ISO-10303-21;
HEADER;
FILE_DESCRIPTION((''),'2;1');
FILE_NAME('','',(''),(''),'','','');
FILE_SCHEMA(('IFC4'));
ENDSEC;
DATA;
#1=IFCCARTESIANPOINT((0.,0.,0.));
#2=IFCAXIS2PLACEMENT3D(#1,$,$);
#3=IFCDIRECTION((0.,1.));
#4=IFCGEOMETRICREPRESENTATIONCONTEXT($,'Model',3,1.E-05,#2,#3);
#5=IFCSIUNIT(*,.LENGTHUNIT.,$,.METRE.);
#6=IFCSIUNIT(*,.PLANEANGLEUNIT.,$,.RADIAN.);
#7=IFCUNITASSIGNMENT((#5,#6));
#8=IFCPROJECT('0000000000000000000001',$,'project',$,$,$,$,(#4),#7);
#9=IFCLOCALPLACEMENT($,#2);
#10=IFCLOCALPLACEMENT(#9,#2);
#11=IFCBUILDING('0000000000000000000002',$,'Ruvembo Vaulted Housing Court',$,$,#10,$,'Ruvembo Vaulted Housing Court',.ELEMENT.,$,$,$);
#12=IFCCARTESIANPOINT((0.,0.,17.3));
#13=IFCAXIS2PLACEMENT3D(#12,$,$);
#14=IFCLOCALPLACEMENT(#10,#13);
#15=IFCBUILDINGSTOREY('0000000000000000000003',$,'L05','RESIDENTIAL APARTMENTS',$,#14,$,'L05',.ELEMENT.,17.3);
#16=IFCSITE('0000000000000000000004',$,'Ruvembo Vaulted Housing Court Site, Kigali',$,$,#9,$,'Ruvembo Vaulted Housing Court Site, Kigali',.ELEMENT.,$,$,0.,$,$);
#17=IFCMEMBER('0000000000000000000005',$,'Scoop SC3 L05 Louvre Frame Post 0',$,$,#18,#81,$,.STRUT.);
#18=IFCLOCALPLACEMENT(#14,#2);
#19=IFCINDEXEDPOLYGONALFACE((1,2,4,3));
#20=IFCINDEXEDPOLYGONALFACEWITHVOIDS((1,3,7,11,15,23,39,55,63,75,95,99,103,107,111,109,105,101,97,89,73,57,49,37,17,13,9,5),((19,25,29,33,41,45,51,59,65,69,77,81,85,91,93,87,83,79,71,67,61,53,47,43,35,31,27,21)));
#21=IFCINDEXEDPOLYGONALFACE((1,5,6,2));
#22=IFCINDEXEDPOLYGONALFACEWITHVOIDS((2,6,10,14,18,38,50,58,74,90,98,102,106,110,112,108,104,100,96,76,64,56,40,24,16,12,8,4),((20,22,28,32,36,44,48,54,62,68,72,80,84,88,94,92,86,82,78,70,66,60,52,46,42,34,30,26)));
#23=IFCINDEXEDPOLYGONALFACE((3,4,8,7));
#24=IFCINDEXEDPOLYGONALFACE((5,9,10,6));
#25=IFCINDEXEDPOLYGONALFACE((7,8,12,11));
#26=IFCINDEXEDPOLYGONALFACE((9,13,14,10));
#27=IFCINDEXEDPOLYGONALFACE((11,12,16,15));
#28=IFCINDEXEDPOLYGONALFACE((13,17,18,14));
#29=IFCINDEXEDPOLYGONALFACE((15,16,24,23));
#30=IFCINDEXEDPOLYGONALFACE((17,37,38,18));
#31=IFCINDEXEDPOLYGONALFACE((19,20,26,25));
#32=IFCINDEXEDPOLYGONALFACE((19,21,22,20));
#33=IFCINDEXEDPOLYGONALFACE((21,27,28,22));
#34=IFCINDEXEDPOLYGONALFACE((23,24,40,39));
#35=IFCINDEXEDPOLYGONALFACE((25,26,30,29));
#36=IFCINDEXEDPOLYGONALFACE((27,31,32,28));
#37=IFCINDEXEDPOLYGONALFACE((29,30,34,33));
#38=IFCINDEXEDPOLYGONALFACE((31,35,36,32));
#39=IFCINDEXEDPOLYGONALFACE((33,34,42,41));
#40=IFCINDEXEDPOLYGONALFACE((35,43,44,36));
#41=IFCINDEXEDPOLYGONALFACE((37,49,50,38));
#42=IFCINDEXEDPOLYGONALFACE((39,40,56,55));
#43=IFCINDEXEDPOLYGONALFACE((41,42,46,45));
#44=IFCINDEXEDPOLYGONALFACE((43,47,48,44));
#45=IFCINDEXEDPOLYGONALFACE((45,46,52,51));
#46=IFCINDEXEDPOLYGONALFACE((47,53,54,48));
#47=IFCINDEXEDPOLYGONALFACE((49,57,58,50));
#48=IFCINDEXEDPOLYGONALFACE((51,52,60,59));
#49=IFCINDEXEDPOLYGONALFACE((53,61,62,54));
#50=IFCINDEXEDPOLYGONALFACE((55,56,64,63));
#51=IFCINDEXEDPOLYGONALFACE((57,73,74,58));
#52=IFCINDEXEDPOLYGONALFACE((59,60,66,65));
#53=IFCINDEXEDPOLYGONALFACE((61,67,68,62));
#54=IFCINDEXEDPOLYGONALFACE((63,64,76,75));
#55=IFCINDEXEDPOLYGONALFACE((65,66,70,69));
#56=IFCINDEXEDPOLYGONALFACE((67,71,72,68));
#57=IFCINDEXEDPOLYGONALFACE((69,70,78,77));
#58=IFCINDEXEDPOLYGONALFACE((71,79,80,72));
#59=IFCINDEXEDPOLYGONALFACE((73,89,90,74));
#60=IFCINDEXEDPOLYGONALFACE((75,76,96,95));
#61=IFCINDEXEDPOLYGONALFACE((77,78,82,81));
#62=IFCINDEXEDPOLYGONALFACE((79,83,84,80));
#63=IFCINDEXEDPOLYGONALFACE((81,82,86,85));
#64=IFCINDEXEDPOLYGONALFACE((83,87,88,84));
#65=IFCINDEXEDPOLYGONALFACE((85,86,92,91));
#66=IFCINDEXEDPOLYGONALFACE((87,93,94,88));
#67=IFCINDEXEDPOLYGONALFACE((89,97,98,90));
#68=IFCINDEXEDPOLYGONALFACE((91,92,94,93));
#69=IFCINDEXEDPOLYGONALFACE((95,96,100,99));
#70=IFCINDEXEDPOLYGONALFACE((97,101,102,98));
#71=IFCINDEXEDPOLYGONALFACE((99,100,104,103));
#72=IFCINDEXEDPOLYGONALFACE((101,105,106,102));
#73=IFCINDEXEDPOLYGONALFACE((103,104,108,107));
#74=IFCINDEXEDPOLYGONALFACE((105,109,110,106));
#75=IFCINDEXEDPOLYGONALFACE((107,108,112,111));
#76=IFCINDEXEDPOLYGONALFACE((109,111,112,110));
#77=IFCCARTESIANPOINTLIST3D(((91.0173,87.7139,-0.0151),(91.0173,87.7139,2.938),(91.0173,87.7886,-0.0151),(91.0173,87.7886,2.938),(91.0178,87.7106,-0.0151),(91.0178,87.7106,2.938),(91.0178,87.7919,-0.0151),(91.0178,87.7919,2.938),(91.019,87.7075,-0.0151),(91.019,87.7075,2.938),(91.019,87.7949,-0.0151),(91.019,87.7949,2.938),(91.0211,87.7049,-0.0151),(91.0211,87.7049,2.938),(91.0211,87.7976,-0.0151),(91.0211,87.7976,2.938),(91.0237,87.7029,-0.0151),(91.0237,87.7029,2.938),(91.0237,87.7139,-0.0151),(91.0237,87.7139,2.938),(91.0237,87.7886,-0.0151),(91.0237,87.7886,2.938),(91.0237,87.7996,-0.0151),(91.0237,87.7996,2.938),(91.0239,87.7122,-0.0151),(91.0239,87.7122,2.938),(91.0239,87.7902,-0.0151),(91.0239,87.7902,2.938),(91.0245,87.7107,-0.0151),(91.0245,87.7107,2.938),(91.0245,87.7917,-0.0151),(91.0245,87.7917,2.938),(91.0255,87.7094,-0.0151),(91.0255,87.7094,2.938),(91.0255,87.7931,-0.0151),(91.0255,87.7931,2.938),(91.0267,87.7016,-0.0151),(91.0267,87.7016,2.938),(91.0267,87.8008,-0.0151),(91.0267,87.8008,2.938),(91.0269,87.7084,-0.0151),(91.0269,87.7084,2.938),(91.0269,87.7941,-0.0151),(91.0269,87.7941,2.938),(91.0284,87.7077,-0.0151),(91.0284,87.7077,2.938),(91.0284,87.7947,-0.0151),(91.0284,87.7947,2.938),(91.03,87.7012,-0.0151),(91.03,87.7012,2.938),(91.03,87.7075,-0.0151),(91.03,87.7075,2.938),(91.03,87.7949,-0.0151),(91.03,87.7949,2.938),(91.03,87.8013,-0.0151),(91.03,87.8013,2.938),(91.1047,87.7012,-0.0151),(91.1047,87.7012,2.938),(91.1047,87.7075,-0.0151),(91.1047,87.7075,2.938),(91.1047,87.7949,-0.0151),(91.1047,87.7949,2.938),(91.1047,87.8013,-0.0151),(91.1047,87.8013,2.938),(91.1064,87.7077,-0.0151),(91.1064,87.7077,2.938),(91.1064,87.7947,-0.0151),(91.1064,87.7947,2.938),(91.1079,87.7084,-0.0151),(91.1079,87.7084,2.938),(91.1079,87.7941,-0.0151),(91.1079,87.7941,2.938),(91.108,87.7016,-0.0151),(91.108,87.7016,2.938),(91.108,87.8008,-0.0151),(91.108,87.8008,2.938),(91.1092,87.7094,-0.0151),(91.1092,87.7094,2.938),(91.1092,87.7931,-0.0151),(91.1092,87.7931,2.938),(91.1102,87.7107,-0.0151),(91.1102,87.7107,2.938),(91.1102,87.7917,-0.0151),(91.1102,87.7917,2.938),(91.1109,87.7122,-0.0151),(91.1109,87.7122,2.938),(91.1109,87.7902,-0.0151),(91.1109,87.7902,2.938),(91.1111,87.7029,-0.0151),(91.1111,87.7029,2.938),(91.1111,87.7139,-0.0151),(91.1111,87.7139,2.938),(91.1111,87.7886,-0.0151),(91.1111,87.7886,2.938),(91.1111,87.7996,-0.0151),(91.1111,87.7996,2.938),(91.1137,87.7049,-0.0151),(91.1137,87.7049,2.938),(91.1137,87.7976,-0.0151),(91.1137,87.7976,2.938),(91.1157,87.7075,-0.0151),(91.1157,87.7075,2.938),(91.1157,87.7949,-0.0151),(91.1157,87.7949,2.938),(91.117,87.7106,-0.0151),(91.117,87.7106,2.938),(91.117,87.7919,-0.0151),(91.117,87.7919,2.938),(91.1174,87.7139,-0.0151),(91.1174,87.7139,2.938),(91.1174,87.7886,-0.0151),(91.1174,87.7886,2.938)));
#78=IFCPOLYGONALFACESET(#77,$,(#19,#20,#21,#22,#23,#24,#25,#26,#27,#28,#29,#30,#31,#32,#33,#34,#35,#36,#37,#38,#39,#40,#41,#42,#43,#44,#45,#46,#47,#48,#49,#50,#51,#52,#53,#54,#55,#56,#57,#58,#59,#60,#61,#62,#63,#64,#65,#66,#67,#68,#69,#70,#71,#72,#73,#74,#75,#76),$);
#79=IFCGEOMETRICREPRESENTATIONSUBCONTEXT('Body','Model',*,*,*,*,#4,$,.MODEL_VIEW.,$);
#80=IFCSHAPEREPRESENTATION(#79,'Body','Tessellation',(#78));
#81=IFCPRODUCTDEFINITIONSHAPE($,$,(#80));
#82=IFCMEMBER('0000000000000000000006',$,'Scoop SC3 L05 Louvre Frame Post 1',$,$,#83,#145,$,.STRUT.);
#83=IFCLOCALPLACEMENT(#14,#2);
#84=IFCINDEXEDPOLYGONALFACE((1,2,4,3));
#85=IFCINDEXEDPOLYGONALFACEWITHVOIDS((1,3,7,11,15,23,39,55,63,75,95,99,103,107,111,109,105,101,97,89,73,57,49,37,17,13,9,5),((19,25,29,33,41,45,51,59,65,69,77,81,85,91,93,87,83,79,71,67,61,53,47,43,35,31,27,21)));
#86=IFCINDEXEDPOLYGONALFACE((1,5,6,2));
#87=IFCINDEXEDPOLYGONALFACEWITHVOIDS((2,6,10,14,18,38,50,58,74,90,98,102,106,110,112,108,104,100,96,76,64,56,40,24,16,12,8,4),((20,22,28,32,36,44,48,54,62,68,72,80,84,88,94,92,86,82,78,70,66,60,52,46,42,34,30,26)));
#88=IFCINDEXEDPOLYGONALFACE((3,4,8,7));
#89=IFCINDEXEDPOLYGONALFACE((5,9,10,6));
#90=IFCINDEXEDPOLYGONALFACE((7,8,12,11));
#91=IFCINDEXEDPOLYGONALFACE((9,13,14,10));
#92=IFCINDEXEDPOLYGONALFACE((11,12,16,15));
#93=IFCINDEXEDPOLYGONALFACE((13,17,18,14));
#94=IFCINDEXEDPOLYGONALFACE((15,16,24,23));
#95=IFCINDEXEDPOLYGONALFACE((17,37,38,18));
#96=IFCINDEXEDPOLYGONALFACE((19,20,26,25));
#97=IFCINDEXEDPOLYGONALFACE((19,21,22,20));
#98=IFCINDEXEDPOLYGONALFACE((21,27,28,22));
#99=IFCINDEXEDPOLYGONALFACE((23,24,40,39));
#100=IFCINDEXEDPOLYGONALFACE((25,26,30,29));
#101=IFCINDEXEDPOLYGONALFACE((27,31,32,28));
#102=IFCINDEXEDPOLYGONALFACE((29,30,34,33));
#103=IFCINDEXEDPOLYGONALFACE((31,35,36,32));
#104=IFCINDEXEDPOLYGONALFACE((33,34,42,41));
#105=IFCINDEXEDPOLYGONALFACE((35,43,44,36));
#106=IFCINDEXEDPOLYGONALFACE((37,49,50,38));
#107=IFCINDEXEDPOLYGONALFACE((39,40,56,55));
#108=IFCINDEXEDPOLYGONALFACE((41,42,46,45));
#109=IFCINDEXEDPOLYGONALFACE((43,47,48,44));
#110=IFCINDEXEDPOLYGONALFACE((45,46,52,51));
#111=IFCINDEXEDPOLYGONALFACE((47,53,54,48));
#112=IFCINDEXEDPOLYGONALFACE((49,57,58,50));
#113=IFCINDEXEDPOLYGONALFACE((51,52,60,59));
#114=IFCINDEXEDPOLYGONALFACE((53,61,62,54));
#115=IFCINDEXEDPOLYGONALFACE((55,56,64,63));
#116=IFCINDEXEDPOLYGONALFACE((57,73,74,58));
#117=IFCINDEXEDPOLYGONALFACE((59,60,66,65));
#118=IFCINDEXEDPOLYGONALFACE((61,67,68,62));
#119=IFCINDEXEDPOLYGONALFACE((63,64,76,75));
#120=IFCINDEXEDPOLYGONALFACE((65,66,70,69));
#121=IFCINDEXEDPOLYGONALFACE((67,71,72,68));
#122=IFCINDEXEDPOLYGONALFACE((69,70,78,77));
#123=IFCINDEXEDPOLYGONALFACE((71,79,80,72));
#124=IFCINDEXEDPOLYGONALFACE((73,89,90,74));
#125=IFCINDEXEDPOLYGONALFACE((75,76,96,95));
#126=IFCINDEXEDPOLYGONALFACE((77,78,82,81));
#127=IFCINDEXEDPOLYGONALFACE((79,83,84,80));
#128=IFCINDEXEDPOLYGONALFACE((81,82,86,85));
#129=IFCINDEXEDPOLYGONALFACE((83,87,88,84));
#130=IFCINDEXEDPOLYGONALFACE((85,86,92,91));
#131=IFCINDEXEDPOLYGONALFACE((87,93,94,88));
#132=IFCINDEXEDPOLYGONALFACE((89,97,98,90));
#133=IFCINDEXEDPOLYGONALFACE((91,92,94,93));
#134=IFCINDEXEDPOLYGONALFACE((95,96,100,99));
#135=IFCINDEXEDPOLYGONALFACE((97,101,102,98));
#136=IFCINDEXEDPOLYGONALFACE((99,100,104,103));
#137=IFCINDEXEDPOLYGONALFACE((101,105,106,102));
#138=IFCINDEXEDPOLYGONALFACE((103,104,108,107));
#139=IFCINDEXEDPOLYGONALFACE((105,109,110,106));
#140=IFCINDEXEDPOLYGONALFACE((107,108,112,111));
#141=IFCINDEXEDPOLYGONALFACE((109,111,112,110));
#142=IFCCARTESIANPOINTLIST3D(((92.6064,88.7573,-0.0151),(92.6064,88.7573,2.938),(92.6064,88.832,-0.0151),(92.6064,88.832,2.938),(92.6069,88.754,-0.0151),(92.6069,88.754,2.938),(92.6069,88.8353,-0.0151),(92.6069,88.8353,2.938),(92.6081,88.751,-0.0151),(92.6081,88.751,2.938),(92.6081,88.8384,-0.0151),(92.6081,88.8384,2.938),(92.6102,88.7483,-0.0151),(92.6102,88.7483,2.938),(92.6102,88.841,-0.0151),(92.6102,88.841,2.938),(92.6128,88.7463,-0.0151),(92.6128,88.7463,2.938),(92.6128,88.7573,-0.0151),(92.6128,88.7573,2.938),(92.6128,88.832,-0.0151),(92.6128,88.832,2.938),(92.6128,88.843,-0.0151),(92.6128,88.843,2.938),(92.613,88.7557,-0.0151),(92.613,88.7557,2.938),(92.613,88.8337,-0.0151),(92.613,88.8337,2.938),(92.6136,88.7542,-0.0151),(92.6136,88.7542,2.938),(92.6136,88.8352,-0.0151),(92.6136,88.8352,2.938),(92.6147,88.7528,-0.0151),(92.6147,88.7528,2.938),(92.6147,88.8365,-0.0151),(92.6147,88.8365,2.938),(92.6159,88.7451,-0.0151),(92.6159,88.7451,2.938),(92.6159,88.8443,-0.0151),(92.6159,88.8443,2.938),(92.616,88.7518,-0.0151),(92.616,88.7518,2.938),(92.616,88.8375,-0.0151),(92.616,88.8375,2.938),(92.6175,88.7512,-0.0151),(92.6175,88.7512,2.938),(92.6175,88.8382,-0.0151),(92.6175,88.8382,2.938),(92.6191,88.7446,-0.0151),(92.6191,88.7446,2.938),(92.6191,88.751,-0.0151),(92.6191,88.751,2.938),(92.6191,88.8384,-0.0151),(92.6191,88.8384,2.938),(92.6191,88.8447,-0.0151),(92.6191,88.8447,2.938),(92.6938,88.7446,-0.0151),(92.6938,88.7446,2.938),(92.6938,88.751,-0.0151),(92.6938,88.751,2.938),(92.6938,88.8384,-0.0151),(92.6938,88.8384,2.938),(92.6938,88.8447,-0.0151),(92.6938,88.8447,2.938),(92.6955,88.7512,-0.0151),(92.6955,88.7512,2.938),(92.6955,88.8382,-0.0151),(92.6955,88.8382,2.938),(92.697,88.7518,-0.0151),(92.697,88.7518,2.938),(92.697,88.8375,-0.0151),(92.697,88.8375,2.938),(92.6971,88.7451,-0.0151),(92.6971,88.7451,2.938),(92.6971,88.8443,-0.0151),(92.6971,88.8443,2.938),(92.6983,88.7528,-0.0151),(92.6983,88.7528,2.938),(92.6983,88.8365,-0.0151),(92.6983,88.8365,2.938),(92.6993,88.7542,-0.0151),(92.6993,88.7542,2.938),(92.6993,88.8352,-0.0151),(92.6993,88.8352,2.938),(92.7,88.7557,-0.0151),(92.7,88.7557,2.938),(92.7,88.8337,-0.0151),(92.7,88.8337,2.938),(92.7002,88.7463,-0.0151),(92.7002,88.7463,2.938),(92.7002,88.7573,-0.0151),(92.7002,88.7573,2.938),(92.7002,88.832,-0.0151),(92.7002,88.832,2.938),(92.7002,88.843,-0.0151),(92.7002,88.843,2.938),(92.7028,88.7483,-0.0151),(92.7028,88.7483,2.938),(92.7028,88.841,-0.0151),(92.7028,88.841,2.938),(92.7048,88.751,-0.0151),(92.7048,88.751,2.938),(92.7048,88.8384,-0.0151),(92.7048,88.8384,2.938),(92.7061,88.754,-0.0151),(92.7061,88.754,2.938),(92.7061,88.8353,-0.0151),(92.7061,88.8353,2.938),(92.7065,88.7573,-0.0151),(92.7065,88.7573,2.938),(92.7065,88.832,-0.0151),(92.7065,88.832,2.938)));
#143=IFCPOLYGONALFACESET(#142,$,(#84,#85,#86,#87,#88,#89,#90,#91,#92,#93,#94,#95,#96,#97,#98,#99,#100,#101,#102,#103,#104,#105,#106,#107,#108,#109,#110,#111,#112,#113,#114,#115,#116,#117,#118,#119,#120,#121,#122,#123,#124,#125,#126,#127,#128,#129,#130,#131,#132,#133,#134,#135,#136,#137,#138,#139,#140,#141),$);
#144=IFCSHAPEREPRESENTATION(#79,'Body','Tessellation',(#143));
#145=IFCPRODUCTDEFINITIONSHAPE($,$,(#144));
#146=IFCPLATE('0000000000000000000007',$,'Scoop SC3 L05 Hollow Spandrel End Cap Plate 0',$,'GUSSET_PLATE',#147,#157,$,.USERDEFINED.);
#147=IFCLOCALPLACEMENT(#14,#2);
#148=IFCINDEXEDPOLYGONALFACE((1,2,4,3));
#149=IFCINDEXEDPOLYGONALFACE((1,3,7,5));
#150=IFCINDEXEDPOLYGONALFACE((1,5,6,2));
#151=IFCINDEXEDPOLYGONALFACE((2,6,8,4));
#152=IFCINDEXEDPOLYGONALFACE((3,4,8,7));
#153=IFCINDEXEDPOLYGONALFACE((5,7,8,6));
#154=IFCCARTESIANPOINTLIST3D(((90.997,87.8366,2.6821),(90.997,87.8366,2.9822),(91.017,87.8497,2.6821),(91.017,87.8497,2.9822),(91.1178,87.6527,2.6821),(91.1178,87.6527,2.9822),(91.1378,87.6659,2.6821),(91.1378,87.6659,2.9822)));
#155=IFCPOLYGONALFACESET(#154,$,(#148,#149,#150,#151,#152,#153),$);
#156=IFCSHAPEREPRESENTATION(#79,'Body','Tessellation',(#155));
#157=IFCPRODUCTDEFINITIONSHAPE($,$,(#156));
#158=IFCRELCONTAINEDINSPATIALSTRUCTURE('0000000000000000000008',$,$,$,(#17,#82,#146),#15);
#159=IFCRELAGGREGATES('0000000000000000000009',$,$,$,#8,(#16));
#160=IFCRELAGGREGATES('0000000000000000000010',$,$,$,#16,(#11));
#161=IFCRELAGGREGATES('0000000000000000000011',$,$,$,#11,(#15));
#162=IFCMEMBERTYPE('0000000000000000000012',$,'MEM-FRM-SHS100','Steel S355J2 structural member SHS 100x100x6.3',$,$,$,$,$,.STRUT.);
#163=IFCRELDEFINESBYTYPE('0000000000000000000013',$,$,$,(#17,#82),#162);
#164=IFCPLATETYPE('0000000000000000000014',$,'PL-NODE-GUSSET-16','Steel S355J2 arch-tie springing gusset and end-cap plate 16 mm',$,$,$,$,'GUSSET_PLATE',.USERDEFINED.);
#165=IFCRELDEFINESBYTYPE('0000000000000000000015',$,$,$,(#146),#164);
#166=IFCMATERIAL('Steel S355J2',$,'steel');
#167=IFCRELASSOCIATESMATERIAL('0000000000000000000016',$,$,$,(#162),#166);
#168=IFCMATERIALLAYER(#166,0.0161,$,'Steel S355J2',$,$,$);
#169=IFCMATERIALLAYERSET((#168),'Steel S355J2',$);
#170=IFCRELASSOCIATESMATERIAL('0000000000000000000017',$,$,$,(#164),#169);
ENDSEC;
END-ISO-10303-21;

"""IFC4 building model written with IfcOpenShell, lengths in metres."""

from ifc_helpers import new_model, si_unit, direction, frame, origin, origin_2d, place, context, subcontext, project, spatial, rectangle, hollow_rectangle, extrude, material, layer, layer_set, material_profile, profile_set, type_object, element, save


model = new_model("IFC4")

# Units and contexts
model_context = context("Model", 3, precision=1e-05, world=origin(), true_north=direction((0.0, 1.0)))
body_context = subcontext(model_context, "Body", "Model", "MODEL_VIEW")
ifc_project = project(units=[si_unit("LENGTHUNIT", "METRE"), si_unit("PLANEANGLEUNIT", "RADIAN")], contexts=[model_context])

# Site, building, storey
site_placement = place(None, origin())
site = spatial("IfcSite", under=ifc_project, at=site_placement, Name="Ruvembo Vaulted Housing Court Site, Kigali", LongName="Ruvembo Vaulted Housing Court Site, Kigali", CompositionType="ELEMENT", RefElevation=0.0)
building_placement = place(site_placement, origin())
building = spatial("IfcBuilding", under=site, at=building_placement, Name="Ruvembo Vaulted Housing Court", LongName="Ruvembo Vaulted Housing Court", CompositionType="ELEMENT")
storey_placement = place(building_placement, frame((0.0, 0.0, 17.3)))
storey = spatial("IfcBuildingStorey", under=building, at=storey_placement, Name="L05", Description="RESIDENTIAL APARTMENTS", LongName="L05", CompositionType="ELEMENT", Elevation=17.3)

# Shared definitions
ifc_material_1 = material(Name="Steel S355J2", Category="steel")

# Members
ifc_material_profile_1 = material_profile(ifc_material_1, hollow_rectangle(XDim=0.1001, YDim=0.1001, WallThickness=0.0063, InnerFilletRadius=0.0063, OuterFilletRadius=0.0127, at=origin_2d()), Name="SHS 100x100x6.3")
ifc_profile_set_1 = profile_set([ifc_material_profile_1], Name="Steel S355J2")
member_type_1 = type_object("IfcMemberType", Name="MEM-FRM-SHS100", Description="Steel S355J2 structural member SHS 100x100x6.3", PredefinedType="STRUT", material=ifc_profile_set_1)
for number, where, z_axis, x_axis, name in (
    (1, (91.0674, 87.7512, -0.0151), (0.0, 0.0, 1.0), (1.0, 0.0, 0.0), "Scoop SC3 L05 Louvre Frame Post 0"),
    (2, (92.6565, 88.7947, -0.0151), (0.0, 0.0, 1.0), (1.0, 0.0, 0.0), "Scoop SC3 L05 Louvre Frame Post 1"),
):
    element("IfcMember", number, at=place(storey_placement, frame(where, z_axis=z_axis, x_axis=x_axis)), inside=storey, type_object=member_type_1, Name=name, PredefinedType="STRUT", context=body_context, shape_type="SweptSolid", body=[
        extrude(hollow_rectangle(XDim=0.1001, YDim=0.1001, WallThickness=0.0063, InnerFilletRadius=0.0063, OuterFilletRadius=0.0127, at=origin_2d()), origin(), (0.0, 0.0, 1.0), 2.9531),
    ])

# Plate
ifc_layer_1 = layer(ifc_material_1, 0.0161, Name="Steel S355J2")
ifc_layer_set_1 = layer_set([ifc_layer_1], Name="Steel S355J2")
plate_type = type_object("IfcPlateType", Name="PL-NODE-GUSSET-16", Description="Steel S355J2 arch-tie springing gusset and end-cap plate 16 mm", ElementType="GUSSET_PLATE", PredefinedType="USERDEFINED", material=ifc_layer_set_1)
plate_placement = place(storey_placement, frame((91.0674, 87.7512, 2.6821), z_axis=(0.0, 0.0, 1.0), x_axis=(0.835846, 0.548964, 0.0)))
element("IfcPlate", 3, at=plate_placement, inside=storey, type_object=plate_type, Name="Scoop SC3 L05 Hollow Spandrel End Cap Plate 0", ObjectType="GUSSET_PLATE", PredefinedType="USERDEFINED", context=body_context, shape_type="SweptSolid", body=[
    extrude(rectangle(XDim=0.0239, YDim=0.22, at=origin_2d()), origin(), (0.0, 0.0, 1.0), 0.3),
])

save(model, "model.ifc")
